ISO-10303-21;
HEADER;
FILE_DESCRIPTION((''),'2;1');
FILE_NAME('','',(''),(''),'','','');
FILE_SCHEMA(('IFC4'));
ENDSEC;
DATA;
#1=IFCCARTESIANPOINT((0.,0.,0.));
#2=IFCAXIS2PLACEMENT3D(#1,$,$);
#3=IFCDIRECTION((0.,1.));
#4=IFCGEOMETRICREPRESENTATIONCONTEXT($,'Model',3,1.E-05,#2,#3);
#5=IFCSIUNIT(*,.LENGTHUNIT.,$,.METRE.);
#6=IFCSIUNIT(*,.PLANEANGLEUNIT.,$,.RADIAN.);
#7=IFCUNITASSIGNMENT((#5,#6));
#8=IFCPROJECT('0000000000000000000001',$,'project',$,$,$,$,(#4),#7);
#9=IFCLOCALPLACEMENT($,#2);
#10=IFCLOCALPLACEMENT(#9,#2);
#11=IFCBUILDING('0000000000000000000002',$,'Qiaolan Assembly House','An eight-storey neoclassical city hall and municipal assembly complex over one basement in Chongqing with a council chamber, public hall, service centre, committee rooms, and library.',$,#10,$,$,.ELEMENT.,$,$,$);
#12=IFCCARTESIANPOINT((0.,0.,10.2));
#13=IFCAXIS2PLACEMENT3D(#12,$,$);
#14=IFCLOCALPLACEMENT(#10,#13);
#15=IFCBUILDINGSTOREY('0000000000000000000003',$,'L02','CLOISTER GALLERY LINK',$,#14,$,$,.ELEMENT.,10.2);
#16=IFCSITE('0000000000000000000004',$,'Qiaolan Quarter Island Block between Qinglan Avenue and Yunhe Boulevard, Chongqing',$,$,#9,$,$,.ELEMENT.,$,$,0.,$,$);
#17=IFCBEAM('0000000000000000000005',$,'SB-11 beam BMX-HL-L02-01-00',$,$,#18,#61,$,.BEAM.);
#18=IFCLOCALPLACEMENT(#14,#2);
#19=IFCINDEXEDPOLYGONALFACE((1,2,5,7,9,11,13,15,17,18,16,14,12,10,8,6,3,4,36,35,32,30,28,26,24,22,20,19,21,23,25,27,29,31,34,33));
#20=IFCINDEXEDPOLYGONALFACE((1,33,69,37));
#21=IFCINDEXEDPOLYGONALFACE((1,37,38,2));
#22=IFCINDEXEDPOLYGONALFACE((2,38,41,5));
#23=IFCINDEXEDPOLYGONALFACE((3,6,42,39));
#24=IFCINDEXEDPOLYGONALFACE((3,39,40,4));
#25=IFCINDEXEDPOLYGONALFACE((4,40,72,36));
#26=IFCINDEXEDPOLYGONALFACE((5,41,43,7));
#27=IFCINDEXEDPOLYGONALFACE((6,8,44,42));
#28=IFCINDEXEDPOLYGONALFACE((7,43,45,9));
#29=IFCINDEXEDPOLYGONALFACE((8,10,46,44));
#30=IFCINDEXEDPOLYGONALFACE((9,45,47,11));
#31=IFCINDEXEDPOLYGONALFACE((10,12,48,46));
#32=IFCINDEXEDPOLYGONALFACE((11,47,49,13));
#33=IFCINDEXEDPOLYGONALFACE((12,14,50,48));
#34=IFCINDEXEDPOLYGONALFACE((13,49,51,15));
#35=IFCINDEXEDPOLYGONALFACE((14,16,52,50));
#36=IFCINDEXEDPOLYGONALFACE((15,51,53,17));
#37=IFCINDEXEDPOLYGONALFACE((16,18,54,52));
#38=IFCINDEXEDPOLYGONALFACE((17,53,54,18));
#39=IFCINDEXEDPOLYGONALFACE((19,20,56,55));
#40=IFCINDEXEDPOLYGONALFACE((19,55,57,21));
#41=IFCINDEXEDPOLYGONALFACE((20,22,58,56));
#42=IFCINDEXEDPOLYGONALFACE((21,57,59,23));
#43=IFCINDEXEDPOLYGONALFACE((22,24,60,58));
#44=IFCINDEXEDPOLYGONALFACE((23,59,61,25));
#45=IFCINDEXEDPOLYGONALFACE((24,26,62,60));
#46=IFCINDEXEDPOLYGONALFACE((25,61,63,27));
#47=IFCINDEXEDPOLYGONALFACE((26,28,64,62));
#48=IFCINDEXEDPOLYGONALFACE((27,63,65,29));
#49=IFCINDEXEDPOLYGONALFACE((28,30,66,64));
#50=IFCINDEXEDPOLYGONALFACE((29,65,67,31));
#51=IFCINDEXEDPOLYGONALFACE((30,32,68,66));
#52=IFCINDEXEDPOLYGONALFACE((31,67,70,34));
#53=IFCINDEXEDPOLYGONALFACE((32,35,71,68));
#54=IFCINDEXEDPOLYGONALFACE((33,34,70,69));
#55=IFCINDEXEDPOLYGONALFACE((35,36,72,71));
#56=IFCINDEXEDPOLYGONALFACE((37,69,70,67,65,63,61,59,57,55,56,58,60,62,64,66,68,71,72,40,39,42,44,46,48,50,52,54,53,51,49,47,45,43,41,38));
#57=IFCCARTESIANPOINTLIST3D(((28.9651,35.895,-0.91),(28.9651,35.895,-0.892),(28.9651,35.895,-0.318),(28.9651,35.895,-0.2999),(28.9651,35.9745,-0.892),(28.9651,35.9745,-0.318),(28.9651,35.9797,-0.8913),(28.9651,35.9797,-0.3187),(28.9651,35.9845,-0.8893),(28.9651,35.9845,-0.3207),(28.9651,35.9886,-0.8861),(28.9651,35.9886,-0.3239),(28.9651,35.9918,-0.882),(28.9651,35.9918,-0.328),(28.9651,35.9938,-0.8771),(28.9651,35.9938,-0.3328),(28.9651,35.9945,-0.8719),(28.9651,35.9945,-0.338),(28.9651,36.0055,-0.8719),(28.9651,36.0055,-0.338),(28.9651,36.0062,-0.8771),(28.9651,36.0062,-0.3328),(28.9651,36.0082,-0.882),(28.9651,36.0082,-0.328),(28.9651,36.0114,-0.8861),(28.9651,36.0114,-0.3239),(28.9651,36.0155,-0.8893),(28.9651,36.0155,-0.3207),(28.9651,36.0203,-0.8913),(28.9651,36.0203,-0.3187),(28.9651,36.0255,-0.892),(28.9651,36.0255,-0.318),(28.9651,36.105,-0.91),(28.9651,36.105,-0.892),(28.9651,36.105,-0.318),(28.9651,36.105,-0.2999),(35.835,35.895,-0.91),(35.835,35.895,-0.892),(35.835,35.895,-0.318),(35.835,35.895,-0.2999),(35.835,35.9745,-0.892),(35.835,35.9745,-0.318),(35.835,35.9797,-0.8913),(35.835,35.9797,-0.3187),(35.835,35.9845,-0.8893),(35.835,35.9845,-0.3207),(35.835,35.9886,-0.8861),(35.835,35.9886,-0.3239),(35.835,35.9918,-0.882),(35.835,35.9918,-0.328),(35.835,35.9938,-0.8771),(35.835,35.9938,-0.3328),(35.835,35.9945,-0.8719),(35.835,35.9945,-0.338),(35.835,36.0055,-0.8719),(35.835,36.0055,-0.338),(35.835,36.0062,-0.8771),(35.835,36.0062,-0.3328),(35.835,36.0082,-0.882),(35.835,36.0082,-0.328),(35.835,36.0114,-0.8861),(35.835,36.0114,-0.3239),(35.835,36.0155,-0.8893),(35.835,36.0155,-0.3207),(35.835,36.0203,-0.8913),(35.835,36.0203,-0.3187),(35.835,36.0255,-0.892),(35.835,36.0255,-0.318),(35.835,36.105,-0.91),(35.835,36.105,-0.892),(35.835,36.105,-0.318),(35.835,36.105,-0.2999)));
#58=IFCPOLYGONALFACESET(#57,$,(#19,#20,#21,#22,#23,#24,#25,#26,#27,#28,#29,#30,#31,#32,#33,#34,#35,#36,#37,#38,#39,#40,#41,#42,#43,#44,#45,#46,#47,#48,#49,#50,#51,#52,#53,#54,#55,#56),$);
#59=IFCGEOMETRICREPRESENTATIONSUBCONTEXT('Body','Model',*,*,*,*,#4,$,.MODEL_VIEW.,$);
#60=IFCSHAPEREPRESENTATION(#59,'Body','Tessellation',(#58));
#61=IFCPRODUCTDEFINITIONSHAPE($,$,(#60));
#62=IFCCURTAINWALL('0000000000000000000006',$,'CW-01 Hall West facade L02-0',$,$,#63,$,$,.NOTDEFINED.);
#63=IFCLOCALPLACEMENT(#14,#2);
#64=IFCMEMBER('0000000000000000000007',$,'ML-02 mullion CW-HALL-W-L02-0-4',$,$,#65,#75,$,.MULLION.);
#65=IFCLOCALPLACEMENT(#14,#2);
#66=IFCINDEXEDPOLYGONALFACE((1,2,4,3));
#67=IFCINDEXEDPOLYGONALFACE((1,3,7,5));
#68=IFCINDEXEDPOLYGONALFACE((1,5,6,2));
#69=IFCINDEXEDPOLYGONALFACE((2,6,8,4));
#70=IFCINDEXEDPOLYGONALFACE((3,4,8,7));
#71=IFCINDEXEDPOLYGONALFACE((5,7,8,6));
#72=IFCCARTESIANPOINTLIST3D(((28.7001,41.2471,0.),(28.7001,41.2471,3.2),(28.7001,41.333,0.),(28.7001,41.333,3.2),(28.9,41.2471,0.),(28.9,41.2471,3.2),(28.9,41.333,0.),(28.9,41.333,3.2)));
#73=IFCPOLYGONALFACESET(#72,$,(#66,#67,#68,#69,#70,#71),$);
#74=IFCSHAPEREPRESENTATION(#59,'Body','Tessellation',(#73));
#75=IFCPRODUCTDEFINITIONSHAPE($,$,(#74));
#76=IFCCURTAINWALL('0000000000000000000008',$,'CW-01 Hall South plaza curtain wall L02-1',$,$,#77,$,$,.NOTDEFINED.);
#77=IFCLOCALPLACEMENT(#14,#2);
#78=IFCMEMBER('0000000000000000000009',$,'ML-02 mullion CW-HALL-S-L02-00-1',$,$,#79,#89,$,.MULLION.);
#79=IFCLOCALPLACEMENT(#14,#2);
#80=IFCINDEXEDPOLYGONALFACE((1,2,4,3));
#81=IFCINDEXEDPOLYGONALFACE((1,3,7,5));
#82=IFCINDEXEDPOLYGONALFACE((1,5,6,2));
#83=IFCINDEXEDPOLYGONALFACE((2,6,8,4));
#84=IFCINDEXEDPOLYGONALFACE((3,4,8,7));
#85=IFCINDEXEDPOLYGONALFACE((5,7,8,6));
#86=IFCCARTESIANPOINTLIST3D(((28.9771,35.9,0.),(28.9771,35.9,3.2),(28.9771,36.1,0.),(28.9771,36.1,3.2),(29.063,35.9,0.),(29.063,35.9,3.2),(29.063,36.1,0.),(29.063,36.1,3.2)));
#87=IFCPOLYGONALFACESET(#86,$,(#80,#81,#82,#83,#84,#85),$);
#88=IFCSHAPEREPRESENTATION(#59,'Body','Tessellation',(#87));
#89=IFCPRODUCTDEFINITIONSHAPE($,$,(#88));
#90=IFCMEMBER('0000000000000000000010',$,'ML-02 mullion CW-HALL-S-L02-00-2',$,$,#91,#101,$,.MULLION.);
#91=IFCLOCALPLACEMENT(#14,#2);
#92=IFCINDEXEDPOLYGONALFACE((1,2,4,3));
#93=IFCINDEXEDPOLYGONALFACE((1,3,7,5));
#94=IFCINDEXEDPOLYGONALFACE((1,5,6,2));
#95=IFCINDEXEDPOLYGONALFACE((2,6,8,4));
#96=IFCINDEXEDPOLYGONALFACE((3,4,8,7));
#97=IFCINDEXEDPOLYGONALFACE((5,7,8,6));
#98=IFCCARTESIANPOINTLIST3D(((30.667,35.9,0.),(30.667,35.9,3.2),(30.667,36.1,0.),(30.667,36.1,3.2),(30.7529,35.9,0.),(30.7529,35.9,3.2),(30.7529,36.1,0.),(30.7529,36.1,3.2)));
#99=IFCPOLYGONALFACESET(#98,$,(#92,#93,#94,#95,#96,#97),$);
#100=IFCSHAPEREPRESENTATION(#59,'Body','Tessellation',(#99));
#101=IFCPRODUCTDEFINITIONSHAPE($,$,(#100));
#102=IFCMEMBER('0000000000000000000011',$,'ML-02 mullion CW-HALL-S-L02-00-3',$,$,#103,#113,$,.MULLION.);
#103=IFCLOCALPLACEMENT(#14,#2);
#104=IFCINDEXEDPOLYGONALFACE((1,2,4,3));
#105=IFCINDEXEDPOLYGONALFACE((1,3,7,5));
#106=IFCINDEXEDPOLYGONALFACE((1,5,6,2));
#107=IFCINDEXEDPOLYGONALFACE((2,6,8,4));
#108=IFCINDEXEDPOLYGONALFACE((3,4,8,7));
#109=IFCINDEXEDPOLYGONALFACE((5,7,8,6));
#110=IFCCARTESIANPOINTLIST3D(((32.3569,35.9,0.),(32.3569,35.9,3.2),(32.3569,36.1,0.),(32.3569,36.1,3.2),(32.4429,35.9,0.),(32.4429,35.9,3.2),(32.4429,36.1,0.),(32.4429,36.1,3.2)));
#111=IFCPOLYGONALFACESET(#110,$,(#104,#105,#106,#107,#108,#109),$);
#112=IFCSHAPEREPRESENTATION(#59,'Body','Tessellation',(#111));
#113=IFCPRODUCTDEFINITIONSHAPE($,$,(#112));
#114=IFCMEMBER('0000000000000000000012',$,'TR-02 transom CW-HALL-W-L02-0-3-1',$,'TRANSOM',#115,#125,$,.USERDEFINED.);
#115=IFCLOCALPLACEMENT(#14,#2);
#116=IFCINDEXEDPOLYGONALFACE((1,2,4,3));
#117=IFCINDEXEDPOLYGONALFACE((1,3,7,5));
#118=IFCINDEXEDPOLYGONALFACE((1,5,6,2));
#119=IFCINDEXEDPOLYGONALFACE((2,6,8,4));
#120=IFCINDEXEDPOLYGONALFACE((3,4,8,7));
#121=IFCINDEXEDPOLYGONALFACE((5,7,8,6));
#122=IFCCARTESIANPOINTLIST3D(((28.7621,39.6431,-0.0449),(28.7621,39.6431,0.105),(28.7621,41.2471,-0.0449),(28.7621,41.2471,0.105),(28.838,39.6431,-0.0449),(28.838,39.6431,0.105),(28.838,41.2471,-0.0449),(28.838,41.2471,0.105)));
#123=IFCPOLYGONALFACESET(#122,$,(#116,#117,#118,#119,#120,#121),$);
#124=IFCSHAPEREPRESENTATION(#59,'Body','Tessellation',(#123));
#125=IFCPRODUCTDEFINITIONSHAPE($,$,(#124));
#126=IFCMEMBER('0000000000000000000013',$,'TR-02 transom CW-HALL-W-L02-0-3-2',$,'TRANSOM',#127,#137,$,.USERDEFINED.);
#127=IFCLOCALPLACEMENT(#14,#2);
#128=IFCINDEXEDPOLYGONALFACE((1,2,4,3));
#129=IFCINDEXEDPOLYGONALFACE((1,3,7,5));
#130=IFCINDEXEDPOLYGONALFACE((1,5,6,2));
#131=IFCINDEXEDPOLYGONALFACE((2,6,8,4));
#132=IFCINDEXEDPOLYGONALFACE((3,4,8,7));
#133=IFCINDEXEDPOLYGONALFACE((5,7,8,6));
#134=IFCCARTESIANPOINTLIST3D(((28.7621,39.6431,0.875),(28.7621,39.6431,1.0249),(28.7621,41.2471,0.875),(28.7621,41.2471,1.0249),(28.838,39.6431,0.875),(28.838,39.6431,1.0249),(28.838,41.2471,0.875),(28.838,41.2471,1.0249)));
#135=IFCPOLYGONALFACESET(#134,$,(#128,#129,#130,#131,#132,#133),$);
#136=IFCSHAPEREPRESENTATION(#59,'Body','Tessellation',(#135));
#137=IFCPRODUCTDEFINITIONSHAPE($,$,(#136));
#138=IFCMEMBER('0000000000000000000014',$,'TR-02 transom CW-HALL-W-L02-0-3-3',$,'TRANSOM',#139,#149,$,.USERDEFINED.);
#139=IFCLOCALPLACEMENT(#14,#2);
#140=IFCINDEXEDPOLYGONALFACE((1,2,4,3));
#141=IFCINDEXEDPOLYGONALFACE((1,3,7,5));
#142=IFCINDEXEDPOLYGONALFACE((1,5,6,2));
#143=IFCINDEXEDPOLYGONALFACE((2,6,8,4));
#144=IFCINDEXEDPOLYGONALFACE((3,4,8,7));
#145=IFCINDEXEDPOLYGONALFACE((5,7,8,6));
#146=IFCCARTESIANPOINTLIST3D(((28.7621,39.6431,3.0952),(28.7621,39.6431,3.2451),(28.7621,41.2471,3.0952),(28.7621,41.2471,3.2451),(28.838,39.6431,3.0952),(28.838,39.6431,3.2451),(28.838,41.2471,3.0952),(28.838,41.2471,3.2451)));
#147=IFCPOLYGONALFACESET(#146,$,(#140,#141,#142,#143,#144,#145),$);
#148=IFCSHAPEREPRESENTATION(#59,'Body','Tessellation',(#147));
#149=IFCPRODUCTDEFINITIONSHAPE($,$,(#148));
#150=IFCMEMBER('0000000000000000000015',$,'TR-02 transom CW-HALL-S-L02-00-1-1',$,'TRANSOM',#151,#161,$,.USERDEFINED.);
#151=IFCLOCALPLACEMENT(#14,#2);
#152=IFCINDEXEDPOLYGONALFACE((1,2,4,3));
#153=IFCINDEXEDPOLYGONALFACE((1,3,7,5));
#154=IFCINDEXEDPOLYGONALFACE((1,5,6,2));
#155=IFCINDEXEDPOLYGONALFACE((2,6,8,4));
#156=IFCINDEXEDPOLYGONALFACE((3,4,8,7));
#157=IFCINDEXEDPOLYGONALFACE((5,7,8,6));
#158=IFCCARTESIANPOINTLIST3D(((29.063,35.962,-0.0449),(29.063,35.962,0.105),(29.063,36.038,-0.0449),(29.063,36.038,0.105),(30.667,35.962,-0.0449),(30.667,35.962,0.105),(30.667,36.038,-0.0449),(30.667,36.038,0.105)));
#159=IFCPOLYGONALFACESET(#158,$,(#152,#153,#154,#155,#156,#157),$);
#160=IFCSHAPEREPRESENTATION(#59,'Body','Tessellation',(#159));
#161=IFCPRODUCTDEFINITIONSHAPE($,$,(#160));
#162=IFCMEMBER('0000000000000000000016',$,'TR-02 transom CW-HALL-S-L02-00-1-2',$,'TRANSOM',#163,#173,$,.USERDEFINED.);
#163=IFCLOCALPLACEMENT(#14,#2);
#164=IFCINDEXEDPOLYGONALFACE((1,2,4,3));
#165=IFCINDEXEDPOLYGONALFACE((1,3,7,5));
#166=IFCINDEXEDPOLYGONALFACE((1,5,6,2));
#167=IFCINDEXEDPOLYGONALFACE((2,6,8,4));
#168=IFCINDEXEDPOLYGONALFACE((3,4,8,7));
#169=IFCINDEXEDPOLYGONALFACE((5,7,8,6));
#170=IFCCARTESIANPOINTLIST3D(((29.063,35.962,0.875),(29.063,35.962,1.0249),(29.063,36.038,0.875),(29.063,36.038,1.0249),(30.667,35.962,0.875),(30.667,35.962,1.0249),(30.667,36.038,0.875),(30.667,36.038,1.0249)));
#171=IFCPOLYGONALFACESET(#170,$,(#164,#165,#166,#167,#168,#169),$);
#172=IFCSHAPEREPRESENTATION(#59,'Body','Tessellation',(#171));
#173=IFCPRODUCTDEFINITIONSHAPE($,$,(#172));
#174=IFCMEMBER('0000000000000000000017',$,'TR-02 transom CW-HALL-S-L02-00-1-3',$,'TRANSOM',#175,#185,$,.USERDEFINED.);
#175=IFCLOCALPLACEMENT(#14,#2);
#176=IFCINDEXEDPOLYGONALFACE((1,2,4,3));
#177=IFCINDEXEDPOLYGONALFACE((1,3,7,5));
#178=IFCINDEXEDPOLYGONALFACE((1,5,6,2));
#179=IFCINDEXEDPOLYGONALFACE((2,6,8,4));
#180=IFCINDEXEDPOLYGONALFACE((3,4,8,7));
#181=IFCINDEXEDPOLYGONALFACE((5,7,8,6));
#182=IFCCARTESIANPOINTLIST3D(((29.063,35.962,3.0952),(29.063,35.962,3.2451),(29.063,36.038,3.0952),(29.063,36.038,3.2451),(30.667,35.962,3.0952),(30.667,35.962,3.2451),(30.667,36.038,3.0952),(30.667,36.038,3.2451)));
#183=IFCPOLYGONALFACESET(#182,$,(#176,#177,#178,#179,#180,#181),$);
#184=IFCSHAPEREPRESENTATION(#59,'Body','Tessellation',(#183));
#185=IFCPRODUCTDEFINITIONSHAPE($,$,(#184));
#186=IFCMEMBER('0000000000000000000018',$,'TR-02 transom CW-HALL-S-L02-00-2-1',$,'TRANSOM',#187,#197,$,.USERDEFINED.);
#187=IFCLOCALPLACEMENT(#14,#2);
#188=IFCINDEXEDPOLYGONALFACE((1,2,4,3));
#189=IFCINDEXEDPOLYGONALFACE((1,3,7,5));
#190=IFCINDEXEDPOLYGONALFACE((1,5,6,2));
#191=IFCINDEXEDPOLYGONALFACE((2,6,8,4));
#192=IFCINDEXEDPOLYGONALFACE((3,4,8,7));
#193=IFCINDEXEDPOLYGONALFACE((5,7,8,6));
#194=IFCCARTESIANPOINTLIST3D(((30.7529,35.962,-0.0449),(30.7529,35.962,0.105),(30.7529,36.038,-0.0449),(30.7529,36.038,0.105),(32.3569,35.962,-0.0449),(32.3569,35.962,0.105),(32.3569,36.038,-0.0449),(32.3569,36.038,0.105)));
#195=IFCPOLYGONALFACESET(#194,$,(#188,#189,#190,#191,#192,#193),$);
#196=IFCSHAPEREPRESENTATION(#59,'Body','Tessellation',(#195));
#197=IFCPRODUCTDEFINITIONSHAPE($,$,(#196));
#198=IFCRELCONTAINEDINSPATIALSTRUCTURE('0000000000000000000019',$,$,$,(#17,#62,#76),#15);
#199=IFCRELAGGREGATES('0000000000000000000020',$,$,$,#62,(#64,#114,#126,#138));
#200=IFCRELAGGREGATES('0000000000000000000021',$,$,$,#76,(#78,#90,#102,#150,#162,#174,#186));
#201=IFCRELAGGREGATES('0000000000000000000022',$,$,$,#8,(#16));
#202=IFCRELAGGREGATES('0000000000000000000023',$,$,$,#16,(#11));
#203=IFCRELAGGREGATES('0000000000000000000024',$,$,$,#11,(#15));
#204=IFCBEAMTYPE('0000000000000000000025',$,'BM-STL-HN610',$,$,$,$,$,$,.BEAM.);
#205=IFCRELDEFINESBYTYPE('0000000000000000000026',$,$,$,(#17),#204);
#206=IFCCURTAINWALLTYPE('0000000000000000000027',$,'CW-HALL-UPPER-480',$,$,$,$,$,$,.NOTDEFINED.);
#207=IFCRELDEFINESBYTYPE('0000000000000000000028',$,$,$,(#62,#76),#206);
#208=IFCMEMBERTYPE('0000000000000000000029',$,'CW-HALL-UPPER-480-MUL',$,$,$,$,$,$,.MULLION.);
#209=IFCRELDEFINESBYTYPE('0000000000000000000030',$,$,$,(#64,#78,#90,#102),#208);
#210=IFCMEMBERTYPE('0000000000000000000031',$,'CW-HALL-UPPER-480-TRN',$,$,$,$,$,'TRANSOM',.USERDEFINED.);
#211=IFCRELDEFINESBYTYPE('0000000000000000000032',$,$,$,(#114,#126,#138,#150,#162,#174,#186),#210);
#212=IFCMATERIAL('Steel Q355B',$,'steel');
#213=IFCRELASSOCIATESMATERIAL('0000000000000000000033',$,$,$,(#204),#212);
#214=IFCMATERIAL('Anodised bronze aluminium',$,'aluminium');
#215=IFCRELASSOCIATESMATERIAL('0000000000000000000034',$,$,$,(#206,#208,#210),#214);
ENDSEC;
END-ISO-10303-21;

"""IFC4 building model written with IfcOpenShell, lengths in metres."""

from ifc_helpers import new_model, si_unit, direction, frame, origin, origin_2d, place, context, subcontext, project, spatial, rectangle, i_section, extrude, material, material_profile, profile_set, type_object, element, aggregate, save


model = new_model("IFC4")

# Units and contexts
model_context = context("Model", 3, precision=1e-05, world=origin(), true_north=direction((0.0, 1.0)))
body_context = subcontext(model_context, "Body", "Model", "MODEL_VIEW")
ifc_project = project(units=[si_unit("LENGTHUNIT", "METRE"), si_unit("PLANEANGLEUNIT", "RADIAN")], contexts=[model_context])

# Site, building, storey
site_placement = place(None, origin())
site = spatial("IfcSite", under=ifc_project, at=site_placement, Name="Qiaolan Quarter Island Block between Qinglan Avenue and Yunhe Boulevard, Chongqing", CompositionType="ELEMENT", RefElevation=0.0)
building_placement = place(site_placement, origin())
building = spatial("IfcBuilding", under=site, at=building_placement, Name="Qiaolan Assembly House", Description="An eight-storey neoclassical city hall and municipal assembly complex over one basement in Chongqing with a council chamber, public hall, service centre, committee rooms, and library.", CompositionType="ELEMENT")
storey_placement = place(building_placement, frame((0.0, 0.0, 10.2)))
storey = spatial("IfcBuildingStorey", under=building, at=storey_placement, Name="L02", Description="CLOISTER GALLERY LINK", CompositionType="ELEMENT", Elevation=10.2)

# Beam
ifc_material_1 = material(Name="Steel Q355B", Category="steel")
ifc_material_profile_1 = material_profile(ifc_material_1, i_section(OverallWidth=0.21, OverallDepth=0.6101, WebThickness=0.011, FlangeThickness=0.0181, FilletRadius=0.02, at=origin_2d()), Name="HN 610x210x11x18")
ifc_profile_set_1 = profile_set([ifc_material_profile_1], Name="Steel Q355B")
beam_type_1 = type_object("IfcBeamType", Name="BM-STL-HN610", PredefinedType="BEAM", material=ifc_profile_set_1)
beam_placement = place(storey_placement, frame((28.9651, 36.0, -0.605), z_axis=(1.0, 0.0, 0.0), x_axis=(0.0, 1.0, 0.0)))
element("IfcBeam", 1, at=beam_placement, inside=storey, type_object=beam_type_1, Name="SB-11 beam BMX-HL-L02-01-00", PredefinedType="BEAM", context=body_context, shape_type="SweptSolid", body=[
    extrude(i_section(OverallWidth=0.21, OverallDepth=0.6101, WebThickness=0.011, FlangeThickness=0.0181, FilletRadius=0.02, at=origin_2d()), origin(), (0.0, 0.0, 1.0), 6.8699),
])

# Curtain wall, member
ifc_material_2 = material(Name="Anodised bronze aluminium", Category="aluminium")
curtain_wall_type = type_object("IfcCurtainWallType", Name="CW-HALL-UPPER-480", PredefinedType="NOTDEFINED", material=ifc_material_2)
curtain_wall_1_placement = place(storey_placement, origin())
curtain_wall_1 = element("IfcCurtainWall", 2, at=curtain_wall_1_placement, inside=storey, type_object=curtain_wall_type, Name="CW-01 Hall West facade L02-0", PredefinedType="NOTDEFINED")
ifc_material_profile_2 = material_profile(ifc_material_2, rectangle(XDim=0.0859, YDim=0.2, at=origin_2d()), Name="MUL 86x200")
ifc_profile_set_2 = profile_set([ifc_material_profile_2], Name="Anodised bronze aluminium")
member_type_1 = type_object("IfcMemberType", Name="CW-HALL-UPPER-480-MUL", PredefinedType="MULLION", material=ifc_profile_set_2)
member_1_placement = place(storey_placement, frame((28.8, 41.29, 0.0), z_axis=(0.0, 0.0, 1.0), x_axis=(0.0, 1.0, 0.0)))
member_1 = element("IfcMember", 3, at=member_1_placement, type_object=member_type_1, Name="ML-02 mullion CW-HALL-W-L02-0-4", PredefinedType="MULLION", context=body_context, shape_type="SweptSolid", body=[
    extrude(rectangle(XDim=0.0859, YDim=0.2, at=origin_2d()), origin(), (0.0, 0.0, 1.0), 3.2),
])

# Curtain wall, members
curtain_wall_2_placement = place(storey_placement, origin())
curtain_wall_2 = element("IfcCurtainWall", 4, at=curtain_wall_2_placement, inside=storey, type_object=curtain_wall_type, Name="CW-01 Hall South plaza curtain wall L02-1", PredefinedType="NOTDEFINED")
member_2_placement = place(storey_placement, frame((29.02, 36.0, 0.0), z_axis=(0.0, 0.0, 1.0), x_axis=(1.0, 0.0, 0.0)))
member_2 = element("IfcMember", 5, at=member_2_placement, type_object=member_type_1, Name="ML-02 mullion CW-HALL-S-L02-00-1", PredefinedType="MULLION", context=body_context, shape_type="SweptSolid", body=[
    extrude(rectangle(XDim=0.0859, YDim=0.2, at=origin_2d()), origin(), (0.0, 0.0, 1.0), 3.2),
])
member_3_placement = place(storey_placement, frame((30.71, 36.0, 0.0), z_axis=(0.0, 0.0, 1.0), x_axis=(1.0, 0.0, 0.0)))
member_3 = element("IfcMember", 6, at=member_3_placement, type_object=member_type_1, Name="ML-02 mullion CW-HALL-S-L02-00-2", PredefinedType="MULLION", context=body_context, shape_type="SweptSolid", body=[
    extrude(rectangle(XDim=0.0859, YDim=0.2, at=origin_2d()), origin(), (0.0, 0.0, 1.0), 3.2),
])
member_4_placement = place(storey_placement, frame((32.3999, 36.0, 0.0), z_axis=(0.0, 0.0, 1.0), x_axis=(1.0, 0.0, 0.0)))
member_4 = element("IfcMember", 7, at=member_4_placement, type_object=member_type_1, Name="ML-02 mullion CW-HALL-S-L02-00-3", PredefinedType="MULLION", context=body_context, shape_type="SweptSolid", body=[
    extrude(rectangle(XDim=0.0859, YDim=0.2, at=origin_2d()), origin(), (0.0, 0.0, 1.0), 3.2),
])

# Members
ifc_material_profile_3 = material_profile(ifc_material_2, rectangle(XDim=0.0759, YDim=0.1499, at=origin_2d()), Name="TRN 76x150")
ifc_profile_set_3 = profile_set([ifc_material_profile_3], Name="Anodised bronze aluminium")
member_type_2 = type_object("IfcMemberType", Name="CW-HALL-UPPER-480-TRN", ElementType="TRANSOM", PredefinedType="USERDEFINED", material=ifc_profile_set_3)
member_5_placement = place(storey_placement, frame((28.8, 39.6431, 0.03), z_axis=(0.0, 1.0, 0.0), x_axis=(-1.0, 0.0, 0.0)))
member_5 = element("IfcMember", 8, at=member_5_placement, type_object=member_type_2, Name="TR-02 transom CW-HALL-W-L02-0-3-1", ObjectType="TRANSOM", PredefinedType="USERDEFINED", context=body_context, shape_type="SweptSolid", body=[
    extrude(rectangle(XDim=0.0759, YDim=0.1499, at=origin_2d()), origin(), (0.0, 0.0, 1.0), 1.604),
])
member_6_placement = place(storey_placement, frame((28.8, 39.6431, 0.95), z_axis=(0.0, 1.0, 0.0), x_axis=(-1.0, 0.0, 0.0)))
member_6 = element("IfcMember", 9, at=member_6_placement, type_object=member_type_2, Name="TR-02 transom CW-HALL-W-L02-0-3-2", ObjectType="TRANSOM", PredefinedType="USERDEFINED", context=body_context, shape_type="SweptSolid", body=[
    extrude(rectangle(XDim=0.0759, YDim=0.1499, at=origin_2d()), origin(), (0.0, 0.0, 1.0), 1.604),
])
member_7_placement = place(storey_placement, frame((28.8, 39.6431, 3.1702), z_axis=(0.0, 1.0, 0.0), x_axis=(-1.0, 0.0, 0.0)))
member_7 = element("IfcMember", 10, at=member_7_placement, type_object=member_type_2, Name="TR-02 transom CW-HALL-W-L02-0-3-3", ObjectType="TRANSOM", PredefinedType="USERDEFINED", context=body_context, shape_type="SweptSolid", body=[
    extrude(rectangle(XDim=0.0759, YDim=0.1499, at=origin_2d()), origin(), (0.0, 0.0, 1.0), 1.604),
])
member_8_placement = place(storey_placement, frame((29.063, 36.0, 0.03), z_axis=(1.0, 0.0, 0.0), x_axis=(0.0, 1.0, 0.0)))
member_8 = element("IfcMember", 11, at=member_8_placement, type_object=member_type_2, Name="TR-02 transom CW-HALL-S-L02-00-1-1", ObjectType="TRANSOM", PredefinedType="USERDEFINED", context=body_context, shape_type="SweptSolid", body=[
    extrude(rectangle(XDim=0.0759, YDim=0.1499, at=origin_2d()), origin(), (0.0, 0.0, 1.0), 1.604),
])
member_9_placement = place(storey_placement, frame((29.063, 36.0, 0.95), z_axis=(1.0, 0.0, 0.0), x_axis=(0.0, 1.0, 0.0)))
member_9 = element("IfcMember", 12, at=member_9_placement, type_object=member_type_2, Name="TR-02 transom CW-HALL-S-L02-00-1-2", ObjectType="TRANSOM", PredefinedType="USERDEFINED", context=body_context, shape_type="SweptSolid", body=[
    extrude(rectangle(XDim=0.0759, YDim=0.1499, at=origin_2d()), origin(), (0.0, 0.0, 1.0), 1.604),
])
member_10_placement = place(storey_placement, frame((29.063, 36.0, 3.1702), z_axis=(1.0, 0.0, 0.0), x_axis=(0.0, 1.0, 0.0)))
member_10 = element("IfcMember", 13, at=member_10_placement, type_object=member_type_2, Name="TR-02 transom CW-HALL-S-L02-00-1-3", ObjectType="TRANSOM", PredefinedType="USERDEFINED", context=body_context, shape_type="SweptSolid", body=[
    extrude(rectangle(XDim=0.0759, YDim=0.1499, at=origin_2d()), origin(), (0.0, 0.0, 1.0), 1.604),
])
member_11_placement = place(storey_placement, frame((30.7529, 36.0, 0.03), z_axis=(1.0, 0.0, 0.0), x_axis=(0.0, 1.0, 0.0)))
member_11 = element("IfcMember", 14, at=member_11_placement, type_object=member_type_2, Name="TR-02 transom CW-HALL-S-L02-00-2-1", ObjectType="TRANSOM", PredefinedType="USERDEFINED", context=body_context, shape_type="SweptSolid", body=[
    extrude(rectangle(XDim=0.0759, YDim=0.1499, at=origin_2d()), origin(), (0.0, 0.0, 1.0), 1.604),
])

aggregate(curtain_wall_1, [member_1, member_5, member_6, member_7])
aggregate(curtain_wall_2, [member_2, member_3, member_4, member_8, member_9, member_10, member_11])

save(model, "model.ifc")
